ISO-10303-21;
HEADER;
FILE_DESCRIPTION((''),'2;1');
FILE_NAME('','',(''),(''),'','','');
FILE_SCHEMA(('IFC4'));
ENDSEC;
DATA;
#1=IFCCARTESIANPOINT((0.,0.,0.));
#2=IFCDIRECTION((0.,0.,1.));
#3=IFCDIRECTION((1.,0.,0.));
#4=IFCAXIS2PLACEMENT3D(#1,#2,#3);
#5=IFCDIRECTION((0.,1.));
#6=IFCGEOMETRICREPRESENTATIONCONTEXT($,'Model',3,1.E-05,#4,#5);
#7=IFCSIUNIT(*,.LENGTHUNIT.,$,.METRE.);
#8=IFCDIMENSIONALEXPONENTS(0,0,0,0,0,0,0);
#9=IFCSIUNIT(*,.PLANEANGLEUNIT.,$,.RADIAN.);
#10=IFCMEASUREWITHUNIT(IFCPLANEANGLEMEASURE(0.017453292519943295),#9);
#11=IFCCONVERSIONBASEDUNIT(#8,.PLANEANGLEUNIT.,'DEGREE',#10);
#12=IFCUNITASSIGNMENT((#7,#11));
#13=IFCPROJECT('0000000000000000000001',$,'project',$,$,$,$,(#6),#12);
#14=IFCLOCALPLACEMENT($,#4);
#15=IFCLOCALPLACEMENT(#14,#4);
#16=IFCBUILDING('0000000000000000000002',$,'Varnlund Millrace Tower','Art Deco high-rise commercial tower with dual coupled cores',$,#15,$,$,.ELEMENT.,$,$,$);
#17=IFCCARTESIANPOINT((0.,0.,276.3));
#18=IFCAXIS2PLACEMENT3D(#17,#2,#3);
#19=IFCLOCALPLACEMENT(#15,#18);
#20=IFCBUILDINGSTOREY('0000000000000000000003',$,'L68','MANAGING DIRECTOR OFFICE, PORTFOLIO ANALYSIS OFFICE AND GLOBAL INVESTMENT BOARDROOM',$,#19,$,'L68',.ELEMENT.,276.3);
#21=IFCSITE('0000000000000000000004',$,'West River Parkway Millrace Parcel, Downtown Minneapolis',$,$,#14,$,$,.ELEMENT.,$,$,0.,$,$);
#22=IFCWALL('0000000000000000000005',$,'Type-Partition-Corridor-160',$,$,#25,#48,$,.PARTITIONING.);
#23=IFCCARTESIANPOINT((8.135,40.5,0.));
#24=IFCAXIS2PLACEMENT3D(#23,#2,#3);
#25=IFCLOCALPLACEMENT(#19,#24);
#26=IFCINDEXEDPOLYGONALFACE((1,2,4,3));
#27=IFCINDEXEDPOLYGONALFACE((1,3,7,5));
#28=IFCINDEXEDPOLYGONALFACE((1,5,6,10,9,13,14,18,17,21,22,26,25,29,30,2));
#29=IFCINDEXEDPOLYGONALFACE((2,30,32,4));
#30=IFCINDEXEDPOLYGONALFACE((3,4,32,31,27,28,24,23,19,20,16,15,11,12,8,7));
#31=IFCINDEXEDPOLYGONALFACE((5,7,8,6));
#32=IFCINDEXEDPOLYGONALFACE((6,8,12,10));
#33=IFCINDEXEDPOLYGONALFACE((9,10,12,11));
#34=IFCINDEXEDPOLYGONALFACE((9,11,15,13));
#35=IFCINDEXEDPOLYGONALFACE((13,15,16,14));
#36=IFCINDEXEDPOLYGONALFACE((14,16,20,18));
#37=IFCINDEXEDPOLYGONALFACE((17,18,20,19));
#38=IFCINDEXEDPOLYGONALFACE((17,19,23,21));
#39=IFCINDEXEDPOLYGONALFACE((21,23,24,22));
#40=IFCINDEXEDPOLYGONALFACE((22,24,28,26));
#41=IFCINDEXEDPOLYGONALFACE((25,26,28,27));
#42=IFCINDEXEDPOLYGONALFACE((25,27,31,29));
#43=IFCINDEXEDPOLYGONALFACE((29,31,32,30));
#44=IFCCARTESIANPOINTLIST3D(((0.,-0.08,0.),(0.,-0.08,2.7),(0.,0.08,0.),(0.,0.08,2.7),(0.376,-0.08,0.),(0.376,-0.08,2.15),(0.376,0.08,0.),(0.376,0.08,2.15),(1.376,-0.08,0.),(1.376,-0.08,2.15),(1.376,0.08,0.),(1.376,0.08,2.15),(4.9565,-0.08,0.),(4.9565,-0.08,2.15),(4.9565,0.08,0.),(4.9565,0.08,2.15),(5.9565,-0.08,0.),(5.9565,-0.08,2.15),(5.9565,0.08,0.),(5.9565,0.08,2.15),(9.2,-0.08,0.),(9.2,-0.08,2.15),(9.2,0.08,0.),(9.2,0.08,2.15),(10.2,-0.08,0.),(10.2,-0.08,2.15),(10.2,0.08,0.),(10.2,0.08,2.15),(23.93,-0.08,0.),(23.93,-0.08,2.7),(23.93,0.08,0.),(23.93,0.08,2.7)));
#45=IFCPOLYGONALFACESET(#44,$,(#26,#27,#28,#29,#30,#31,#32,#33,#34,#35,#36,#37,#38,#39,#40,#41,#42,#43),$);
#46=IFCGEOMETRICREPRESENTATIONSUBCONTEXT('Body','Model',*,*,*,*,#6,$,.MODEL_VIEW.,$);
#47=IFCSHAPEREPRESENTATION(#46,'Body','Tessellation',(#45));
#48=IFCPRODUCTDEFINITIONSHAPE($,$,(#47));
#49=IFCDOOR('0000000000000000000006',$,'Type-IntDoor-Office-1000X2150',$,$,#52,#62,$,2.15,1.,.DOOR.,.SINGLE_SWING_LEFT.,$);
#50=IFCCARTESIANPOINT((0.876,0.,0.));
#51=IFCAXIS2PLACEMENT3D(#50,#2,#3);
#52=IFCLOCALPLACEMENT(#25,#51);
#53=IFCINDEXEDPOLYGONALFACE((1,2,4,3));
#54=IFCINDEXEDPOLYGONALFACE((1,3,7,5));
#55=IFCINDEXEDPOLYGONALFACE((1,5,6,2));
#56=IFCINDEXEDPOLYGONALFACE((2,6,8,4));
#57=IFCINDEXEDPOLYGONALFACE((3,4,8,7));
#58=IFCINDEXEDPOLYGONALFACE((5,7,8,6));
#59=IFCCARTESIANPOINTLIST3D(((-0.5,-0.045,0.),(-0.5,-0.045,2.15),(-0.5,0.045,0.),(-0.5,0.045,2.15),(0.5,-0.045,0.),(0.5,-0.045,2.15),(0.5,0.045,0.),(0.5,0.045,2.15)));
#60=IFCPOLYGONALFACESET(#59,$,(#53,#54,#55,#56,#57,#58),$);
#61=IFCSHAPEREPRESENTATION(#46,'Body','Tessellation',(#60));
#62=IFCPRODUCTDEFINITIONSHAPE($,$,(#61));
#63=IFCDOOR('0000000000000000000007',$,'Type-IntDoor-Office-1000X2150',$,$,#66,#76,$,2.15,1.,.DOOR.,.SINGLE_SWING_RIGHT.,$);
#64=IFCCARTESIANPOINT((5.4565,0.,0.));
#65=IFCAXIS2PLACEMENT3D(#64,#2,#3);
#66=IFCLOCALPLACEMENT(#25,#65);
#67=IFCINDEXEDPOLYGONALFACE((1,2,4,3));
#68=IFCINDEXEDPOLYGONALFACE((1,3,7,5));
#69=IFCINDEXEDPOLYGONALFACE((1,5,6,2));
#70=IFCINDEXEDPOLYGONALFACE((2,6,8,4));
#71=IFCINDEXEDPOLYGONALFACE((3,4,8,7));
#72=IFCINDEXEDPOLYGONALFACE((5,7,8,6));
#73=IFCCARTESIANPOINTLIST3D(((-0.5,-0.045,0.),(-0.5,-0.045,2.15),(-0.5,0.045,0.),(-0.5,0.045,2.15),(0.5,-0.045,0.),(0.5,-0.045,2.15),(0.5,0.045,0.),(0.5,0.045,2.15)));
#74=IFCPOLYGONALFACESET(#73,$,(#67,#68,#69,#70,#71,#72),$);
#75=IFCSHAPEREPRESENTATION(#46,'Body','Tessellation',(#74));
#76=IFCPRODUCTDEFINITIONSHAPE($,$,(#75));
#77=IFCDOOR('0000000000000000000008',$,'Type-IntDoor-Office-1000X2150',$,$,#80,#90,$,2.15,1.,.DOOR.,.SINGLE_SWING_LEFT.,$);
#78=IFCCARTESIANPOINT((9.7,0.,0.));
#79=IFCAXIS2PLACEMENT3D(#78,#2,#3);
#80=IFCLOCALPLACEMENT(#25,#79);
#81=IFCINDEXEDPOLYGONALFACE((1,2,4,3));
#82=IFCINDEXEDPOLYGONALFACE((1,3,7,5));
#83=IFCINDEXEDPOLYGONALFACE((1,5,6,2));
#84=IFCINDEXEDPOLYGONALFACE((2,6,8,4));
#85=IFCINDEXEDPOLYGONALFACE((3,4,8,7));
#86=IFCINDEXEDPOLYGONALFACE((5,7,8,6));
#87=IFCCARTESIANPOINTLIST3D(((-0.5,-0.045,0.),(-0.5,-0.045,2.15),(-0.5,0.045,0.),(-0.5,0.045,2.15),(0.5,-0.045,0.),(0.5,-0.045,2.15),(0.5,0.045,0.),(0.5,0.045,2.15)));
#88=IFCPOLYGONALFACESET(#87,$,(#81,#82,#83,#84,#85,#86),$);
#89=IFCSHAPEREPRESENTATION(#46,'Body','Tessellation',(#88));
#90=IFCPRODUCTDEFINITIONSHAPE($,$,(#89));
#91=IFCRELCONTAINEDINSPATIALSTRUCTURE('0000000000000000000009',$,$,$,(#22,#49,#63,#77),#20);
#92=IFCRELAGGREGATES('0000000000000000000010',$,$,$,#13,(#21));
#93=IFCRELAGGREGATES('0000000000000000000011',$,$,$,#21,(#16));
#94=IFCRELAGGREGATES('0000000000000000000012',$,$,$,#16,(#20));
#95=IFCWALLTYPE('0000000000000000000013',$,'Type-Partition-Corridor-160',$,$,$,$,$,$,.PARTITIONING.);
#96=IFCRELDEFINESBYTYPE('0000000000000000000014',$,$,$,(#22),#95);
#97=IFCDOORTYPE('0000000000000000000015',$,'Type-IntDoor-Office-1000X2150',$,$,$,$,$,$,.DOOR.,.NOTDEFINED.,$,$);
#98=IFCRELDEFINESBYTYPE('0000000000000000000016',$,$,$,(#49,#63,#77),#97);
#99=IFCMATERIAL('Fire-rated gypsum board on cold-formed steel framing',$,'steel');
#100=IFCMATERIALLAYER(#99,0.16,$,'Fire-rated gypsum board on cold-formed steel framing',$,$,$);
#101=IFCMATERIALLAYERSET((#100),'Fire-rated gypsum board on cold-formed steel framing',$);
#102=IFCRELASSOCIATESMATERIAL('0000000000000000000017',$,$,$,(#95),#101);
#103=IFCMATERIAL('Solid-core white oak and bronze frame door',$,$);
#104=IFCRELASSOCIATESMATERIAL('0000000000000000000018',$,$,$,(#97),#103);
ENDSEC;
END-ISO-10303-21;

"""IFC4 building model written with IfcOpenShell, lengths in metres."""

from ifc_helpers import new_model, entity, si_unit, converted_unit, direction, frame, origin_with_axes, origin_2d_with_axis, place, context, subcontext, project, spatial, polyline, rectangle, outline, extrude, material, layer, layer_set, type_object, element, fill, save


model = new_model("IFC4")

# Units and contexts
model_context = context("Model", 3, precision=1e-05, world=origin_with_axes(), true_north=direction((0.0, 1.0)))
body_context = subcontext(model_context, "Body", "Model", "MODEL_VIEW")
ifc_project = project(units=[si_unit("LENGTHUNIT", "METRE"), converted_unit("PLANEANGLEUNIT", "DEGREE", entity("IfcPlaneAngleMeasure", 0.017453292519943295), si_unit("PLANEANGLEUNIT", "RADIAN"), dimensions=[0, 0, 0, 0, 0, 0, 0])], contexts=[model_context])

# Site, building, storey
site_placement = place(None, origin_with_axes())
site = spatial("IfcSite", under=ifc_project, at=site_placement, Name="West River Parkway Millrace Parcel, Downtown Minneapolis", CompositionType="ELEMENT", RefElevation=0.0)
building_placement = place(site_placement, origin_with_axes())
building = spatial("IfcBuilding", under=site, at=building_placement, Name="Varnlund Millrace Tower", Description="Art Deco high-rise commercial tower with dual coupled cores", CompositionType="ELEMENT")
storey_placement = place(building_placement, frame((0.0, 0.0, 276.3), z_axis=(0.0, 0.0, 1.0), x_axis=(1.0, 0.0, 0.0)))
storey = spatial("IfcBuildingStorey", under=building, at=storey_placement, Name="L68", Description="MANAGING DIRECTOR OFFICE, PORTFOLIO ANALYSIS OFFICE AND GLOBAL INVESTMENT BOARDROOM", LongName="L68", CompositionType="ELEMENT", Elevation=276.3)

# Shared definitions
ifc_material_1 = material(Name="Fire-rated gypsum board on cold-formed steel framing", Category="steel")
ifc_layer_1 = layer(ifc_material_1, 0.16, Name="Fire-rated gypsum board on cold-formed steel framing")
ifc_layer_set_1 = layer_set([ifc_layer_1], Name="Fire-rated gypsum board on cold-formed steel framing")
wall_type_1 = type_object("IfcWallType", Name="Type-Partition-Corridor-160", PredefinedType="PARTITIONING", material=ifc_layer_set_1)

# Wall, openings, doors
wall_1_placement = place(storey_placement, frame((8.135, 40.5, 0.0), z_axis=(0.0, 0.0, 1.0), x_axis=(1.0, 0.0, 0.0)))
wall_1 = element("IfcWall", 1, at=wall_1_placement, inside=storey, type_object=wall_type_1, Name="Type-Partition-Corridor-160", PredefinedType="PARTITIONING", context=body_context, shape_type="SweptSolid", body=[
    extrude(outline(polyline([(0.0, -0.08), (23.93, -0.08), (23.93, 0.08), (0.0, 0.08), (0.0, -0.08)])), origin_with_axes(), (0.0, 0.0, 1.0), 2.7),
])
opening_1_placement = place(wall_1_placement, frame((0.876, 0.0, 0.0), z_axis=(0.0, 0.0, 1.0), x_axis=(1.0, 0.0, 0.0)))
opening_1 = element("IfcOpeningElement", 2, at=opening_1_placement, cuts=wall_1, PredefinedType="OPENING", context=body_context, shape_type="SweptSolid", body=[
    extrude(rectangle(XDim=1.0, YDim=0.18, at=origin_2d_with_axis()), origin_with_axes(), (0.0, 0.0, 1.0), 2.15),
])
opening_2_placement = place(wall_1_placement, frame((5.4565, 0.0, 0.0), z_axis=(0.0, 0.0, 1.0), x_axis=(1.0, 0.0, 0.0)))
opening_2 = element("IfcOpeningElement", 3, at=opening_2_placement, cuts=wall_1, PredefinedType="OPENING", context=body_context, shape_type="SweptSolid", body=[
    extrude(rectangle(XDim=1.0, YDim=0.18, at=origin_2d_with_axis()), origin_with_axes(), (0.0, 0.0, 1.0), 2.15),
])
opening_3_placement = place(wall_1_placement, frame((9.7, 0.0, 0.0), z_axis=(0.0, 0.0, 1.0), x_axis=(1.0, 0.0, 0.0)))
opening_3 = element("IfcOpeningElement", 4, at=opening_3_placement, cuts=wall_1, PredefinedType="OPENING", context=body_context, shape_type="SweptSolid", body=[
    extrude(rectangle(XDim=1.0, YDim=0.18, at=origin_2d_with_axis()), origin_with_axes(), (0.0, 0.0, 1.0), 2.15),
])
ifc_material_2 = material(Name="Solid-core white oak and bronze frame door")
door_type_1 = type_object("IfcDoorType", Name="Type-IntDoor-Office-1000X2150", OperationType="NOTDEFINED", PredefinedType="DOOR", material=ifc_material_2)
door_1_placement = place(wall_1_placement, frame((0.876, 0.0, 0.0), z_axis=(0.0, 0.0, 1.0), x_axis=(1.0, 0.0, 0.0)))
door_1 = element("IfcDoor", 5, at=door_1_placement, inside=storey, type_object=door_type_1, Name="Type-IntDoor-Office-1000X2150", OperationType="SINGLE_SWING_LEFT", OverallHeight=2.15, OverallWidth=1.0, PredefinedType="DOOR", context=body_context, shape_type="SweptSolid", body=[
    extrude(rectangle(XDim=1.0, YDim=0.09, at=origin_2d_with_axis()), origin_with_axes(), (0.0, 0.0, 1.0), 2.15),
])
fill(opening_1, door_1)
door_2_placement = place(wall_1_placement, frame((5.4565, 0.0, 0.0), z_axis=(0.0, 0.0, 1.0), x_axis=(1.0, 0.0, 0.0)))
door_2 = element("IfcDoor", 6, at=door_2_placement, inside=storey, type_object=door_type_1, Name="Type-IntDoor-Office-1000X2150", OperationType="SINGLE_SWING_RIGHT", OverallHeight=2.15, OverallWidth=1.0, PredefinedType="DOOR", context=body_context, shape_type="SweptSolid", body=[
    extrude(rectangle(XDim=1.0, YDim=0.09, at=origin_2d_with_axis()), origin_with_axes(), (0.0, 0.0, 1.0), 2.15),
])
fill(opening_2, door_2)
door_3_placement = place(wall_1_placement, frame((9.7, 0.0, 0.0), z_axis=(0.0, 0.0, 1.0), x_axis=(1.0, 0.0, 0.0)))
door_3 = element("IfcDoor", 7, at=door_3_placement, inside=storey, type_object=door_type_1, Name="Type-IntDoor-Office-1000X2150", OperationType="SINGLE_SWING_LEFT", OverallHeight=2.15, OverallWidth=1.0, PredefinedType="DOOR", context=body_context, shape_type="SweptSolid", body=[
    extrude(rectangle(XDim=1.0, YDim=0.09, at=origin_2d_with_axis()), origin_with_axes(), (0.0, 0.0, 1.0), 2.15),
])
fill(opening_3, door_3)

save(model, "model.ifc")
